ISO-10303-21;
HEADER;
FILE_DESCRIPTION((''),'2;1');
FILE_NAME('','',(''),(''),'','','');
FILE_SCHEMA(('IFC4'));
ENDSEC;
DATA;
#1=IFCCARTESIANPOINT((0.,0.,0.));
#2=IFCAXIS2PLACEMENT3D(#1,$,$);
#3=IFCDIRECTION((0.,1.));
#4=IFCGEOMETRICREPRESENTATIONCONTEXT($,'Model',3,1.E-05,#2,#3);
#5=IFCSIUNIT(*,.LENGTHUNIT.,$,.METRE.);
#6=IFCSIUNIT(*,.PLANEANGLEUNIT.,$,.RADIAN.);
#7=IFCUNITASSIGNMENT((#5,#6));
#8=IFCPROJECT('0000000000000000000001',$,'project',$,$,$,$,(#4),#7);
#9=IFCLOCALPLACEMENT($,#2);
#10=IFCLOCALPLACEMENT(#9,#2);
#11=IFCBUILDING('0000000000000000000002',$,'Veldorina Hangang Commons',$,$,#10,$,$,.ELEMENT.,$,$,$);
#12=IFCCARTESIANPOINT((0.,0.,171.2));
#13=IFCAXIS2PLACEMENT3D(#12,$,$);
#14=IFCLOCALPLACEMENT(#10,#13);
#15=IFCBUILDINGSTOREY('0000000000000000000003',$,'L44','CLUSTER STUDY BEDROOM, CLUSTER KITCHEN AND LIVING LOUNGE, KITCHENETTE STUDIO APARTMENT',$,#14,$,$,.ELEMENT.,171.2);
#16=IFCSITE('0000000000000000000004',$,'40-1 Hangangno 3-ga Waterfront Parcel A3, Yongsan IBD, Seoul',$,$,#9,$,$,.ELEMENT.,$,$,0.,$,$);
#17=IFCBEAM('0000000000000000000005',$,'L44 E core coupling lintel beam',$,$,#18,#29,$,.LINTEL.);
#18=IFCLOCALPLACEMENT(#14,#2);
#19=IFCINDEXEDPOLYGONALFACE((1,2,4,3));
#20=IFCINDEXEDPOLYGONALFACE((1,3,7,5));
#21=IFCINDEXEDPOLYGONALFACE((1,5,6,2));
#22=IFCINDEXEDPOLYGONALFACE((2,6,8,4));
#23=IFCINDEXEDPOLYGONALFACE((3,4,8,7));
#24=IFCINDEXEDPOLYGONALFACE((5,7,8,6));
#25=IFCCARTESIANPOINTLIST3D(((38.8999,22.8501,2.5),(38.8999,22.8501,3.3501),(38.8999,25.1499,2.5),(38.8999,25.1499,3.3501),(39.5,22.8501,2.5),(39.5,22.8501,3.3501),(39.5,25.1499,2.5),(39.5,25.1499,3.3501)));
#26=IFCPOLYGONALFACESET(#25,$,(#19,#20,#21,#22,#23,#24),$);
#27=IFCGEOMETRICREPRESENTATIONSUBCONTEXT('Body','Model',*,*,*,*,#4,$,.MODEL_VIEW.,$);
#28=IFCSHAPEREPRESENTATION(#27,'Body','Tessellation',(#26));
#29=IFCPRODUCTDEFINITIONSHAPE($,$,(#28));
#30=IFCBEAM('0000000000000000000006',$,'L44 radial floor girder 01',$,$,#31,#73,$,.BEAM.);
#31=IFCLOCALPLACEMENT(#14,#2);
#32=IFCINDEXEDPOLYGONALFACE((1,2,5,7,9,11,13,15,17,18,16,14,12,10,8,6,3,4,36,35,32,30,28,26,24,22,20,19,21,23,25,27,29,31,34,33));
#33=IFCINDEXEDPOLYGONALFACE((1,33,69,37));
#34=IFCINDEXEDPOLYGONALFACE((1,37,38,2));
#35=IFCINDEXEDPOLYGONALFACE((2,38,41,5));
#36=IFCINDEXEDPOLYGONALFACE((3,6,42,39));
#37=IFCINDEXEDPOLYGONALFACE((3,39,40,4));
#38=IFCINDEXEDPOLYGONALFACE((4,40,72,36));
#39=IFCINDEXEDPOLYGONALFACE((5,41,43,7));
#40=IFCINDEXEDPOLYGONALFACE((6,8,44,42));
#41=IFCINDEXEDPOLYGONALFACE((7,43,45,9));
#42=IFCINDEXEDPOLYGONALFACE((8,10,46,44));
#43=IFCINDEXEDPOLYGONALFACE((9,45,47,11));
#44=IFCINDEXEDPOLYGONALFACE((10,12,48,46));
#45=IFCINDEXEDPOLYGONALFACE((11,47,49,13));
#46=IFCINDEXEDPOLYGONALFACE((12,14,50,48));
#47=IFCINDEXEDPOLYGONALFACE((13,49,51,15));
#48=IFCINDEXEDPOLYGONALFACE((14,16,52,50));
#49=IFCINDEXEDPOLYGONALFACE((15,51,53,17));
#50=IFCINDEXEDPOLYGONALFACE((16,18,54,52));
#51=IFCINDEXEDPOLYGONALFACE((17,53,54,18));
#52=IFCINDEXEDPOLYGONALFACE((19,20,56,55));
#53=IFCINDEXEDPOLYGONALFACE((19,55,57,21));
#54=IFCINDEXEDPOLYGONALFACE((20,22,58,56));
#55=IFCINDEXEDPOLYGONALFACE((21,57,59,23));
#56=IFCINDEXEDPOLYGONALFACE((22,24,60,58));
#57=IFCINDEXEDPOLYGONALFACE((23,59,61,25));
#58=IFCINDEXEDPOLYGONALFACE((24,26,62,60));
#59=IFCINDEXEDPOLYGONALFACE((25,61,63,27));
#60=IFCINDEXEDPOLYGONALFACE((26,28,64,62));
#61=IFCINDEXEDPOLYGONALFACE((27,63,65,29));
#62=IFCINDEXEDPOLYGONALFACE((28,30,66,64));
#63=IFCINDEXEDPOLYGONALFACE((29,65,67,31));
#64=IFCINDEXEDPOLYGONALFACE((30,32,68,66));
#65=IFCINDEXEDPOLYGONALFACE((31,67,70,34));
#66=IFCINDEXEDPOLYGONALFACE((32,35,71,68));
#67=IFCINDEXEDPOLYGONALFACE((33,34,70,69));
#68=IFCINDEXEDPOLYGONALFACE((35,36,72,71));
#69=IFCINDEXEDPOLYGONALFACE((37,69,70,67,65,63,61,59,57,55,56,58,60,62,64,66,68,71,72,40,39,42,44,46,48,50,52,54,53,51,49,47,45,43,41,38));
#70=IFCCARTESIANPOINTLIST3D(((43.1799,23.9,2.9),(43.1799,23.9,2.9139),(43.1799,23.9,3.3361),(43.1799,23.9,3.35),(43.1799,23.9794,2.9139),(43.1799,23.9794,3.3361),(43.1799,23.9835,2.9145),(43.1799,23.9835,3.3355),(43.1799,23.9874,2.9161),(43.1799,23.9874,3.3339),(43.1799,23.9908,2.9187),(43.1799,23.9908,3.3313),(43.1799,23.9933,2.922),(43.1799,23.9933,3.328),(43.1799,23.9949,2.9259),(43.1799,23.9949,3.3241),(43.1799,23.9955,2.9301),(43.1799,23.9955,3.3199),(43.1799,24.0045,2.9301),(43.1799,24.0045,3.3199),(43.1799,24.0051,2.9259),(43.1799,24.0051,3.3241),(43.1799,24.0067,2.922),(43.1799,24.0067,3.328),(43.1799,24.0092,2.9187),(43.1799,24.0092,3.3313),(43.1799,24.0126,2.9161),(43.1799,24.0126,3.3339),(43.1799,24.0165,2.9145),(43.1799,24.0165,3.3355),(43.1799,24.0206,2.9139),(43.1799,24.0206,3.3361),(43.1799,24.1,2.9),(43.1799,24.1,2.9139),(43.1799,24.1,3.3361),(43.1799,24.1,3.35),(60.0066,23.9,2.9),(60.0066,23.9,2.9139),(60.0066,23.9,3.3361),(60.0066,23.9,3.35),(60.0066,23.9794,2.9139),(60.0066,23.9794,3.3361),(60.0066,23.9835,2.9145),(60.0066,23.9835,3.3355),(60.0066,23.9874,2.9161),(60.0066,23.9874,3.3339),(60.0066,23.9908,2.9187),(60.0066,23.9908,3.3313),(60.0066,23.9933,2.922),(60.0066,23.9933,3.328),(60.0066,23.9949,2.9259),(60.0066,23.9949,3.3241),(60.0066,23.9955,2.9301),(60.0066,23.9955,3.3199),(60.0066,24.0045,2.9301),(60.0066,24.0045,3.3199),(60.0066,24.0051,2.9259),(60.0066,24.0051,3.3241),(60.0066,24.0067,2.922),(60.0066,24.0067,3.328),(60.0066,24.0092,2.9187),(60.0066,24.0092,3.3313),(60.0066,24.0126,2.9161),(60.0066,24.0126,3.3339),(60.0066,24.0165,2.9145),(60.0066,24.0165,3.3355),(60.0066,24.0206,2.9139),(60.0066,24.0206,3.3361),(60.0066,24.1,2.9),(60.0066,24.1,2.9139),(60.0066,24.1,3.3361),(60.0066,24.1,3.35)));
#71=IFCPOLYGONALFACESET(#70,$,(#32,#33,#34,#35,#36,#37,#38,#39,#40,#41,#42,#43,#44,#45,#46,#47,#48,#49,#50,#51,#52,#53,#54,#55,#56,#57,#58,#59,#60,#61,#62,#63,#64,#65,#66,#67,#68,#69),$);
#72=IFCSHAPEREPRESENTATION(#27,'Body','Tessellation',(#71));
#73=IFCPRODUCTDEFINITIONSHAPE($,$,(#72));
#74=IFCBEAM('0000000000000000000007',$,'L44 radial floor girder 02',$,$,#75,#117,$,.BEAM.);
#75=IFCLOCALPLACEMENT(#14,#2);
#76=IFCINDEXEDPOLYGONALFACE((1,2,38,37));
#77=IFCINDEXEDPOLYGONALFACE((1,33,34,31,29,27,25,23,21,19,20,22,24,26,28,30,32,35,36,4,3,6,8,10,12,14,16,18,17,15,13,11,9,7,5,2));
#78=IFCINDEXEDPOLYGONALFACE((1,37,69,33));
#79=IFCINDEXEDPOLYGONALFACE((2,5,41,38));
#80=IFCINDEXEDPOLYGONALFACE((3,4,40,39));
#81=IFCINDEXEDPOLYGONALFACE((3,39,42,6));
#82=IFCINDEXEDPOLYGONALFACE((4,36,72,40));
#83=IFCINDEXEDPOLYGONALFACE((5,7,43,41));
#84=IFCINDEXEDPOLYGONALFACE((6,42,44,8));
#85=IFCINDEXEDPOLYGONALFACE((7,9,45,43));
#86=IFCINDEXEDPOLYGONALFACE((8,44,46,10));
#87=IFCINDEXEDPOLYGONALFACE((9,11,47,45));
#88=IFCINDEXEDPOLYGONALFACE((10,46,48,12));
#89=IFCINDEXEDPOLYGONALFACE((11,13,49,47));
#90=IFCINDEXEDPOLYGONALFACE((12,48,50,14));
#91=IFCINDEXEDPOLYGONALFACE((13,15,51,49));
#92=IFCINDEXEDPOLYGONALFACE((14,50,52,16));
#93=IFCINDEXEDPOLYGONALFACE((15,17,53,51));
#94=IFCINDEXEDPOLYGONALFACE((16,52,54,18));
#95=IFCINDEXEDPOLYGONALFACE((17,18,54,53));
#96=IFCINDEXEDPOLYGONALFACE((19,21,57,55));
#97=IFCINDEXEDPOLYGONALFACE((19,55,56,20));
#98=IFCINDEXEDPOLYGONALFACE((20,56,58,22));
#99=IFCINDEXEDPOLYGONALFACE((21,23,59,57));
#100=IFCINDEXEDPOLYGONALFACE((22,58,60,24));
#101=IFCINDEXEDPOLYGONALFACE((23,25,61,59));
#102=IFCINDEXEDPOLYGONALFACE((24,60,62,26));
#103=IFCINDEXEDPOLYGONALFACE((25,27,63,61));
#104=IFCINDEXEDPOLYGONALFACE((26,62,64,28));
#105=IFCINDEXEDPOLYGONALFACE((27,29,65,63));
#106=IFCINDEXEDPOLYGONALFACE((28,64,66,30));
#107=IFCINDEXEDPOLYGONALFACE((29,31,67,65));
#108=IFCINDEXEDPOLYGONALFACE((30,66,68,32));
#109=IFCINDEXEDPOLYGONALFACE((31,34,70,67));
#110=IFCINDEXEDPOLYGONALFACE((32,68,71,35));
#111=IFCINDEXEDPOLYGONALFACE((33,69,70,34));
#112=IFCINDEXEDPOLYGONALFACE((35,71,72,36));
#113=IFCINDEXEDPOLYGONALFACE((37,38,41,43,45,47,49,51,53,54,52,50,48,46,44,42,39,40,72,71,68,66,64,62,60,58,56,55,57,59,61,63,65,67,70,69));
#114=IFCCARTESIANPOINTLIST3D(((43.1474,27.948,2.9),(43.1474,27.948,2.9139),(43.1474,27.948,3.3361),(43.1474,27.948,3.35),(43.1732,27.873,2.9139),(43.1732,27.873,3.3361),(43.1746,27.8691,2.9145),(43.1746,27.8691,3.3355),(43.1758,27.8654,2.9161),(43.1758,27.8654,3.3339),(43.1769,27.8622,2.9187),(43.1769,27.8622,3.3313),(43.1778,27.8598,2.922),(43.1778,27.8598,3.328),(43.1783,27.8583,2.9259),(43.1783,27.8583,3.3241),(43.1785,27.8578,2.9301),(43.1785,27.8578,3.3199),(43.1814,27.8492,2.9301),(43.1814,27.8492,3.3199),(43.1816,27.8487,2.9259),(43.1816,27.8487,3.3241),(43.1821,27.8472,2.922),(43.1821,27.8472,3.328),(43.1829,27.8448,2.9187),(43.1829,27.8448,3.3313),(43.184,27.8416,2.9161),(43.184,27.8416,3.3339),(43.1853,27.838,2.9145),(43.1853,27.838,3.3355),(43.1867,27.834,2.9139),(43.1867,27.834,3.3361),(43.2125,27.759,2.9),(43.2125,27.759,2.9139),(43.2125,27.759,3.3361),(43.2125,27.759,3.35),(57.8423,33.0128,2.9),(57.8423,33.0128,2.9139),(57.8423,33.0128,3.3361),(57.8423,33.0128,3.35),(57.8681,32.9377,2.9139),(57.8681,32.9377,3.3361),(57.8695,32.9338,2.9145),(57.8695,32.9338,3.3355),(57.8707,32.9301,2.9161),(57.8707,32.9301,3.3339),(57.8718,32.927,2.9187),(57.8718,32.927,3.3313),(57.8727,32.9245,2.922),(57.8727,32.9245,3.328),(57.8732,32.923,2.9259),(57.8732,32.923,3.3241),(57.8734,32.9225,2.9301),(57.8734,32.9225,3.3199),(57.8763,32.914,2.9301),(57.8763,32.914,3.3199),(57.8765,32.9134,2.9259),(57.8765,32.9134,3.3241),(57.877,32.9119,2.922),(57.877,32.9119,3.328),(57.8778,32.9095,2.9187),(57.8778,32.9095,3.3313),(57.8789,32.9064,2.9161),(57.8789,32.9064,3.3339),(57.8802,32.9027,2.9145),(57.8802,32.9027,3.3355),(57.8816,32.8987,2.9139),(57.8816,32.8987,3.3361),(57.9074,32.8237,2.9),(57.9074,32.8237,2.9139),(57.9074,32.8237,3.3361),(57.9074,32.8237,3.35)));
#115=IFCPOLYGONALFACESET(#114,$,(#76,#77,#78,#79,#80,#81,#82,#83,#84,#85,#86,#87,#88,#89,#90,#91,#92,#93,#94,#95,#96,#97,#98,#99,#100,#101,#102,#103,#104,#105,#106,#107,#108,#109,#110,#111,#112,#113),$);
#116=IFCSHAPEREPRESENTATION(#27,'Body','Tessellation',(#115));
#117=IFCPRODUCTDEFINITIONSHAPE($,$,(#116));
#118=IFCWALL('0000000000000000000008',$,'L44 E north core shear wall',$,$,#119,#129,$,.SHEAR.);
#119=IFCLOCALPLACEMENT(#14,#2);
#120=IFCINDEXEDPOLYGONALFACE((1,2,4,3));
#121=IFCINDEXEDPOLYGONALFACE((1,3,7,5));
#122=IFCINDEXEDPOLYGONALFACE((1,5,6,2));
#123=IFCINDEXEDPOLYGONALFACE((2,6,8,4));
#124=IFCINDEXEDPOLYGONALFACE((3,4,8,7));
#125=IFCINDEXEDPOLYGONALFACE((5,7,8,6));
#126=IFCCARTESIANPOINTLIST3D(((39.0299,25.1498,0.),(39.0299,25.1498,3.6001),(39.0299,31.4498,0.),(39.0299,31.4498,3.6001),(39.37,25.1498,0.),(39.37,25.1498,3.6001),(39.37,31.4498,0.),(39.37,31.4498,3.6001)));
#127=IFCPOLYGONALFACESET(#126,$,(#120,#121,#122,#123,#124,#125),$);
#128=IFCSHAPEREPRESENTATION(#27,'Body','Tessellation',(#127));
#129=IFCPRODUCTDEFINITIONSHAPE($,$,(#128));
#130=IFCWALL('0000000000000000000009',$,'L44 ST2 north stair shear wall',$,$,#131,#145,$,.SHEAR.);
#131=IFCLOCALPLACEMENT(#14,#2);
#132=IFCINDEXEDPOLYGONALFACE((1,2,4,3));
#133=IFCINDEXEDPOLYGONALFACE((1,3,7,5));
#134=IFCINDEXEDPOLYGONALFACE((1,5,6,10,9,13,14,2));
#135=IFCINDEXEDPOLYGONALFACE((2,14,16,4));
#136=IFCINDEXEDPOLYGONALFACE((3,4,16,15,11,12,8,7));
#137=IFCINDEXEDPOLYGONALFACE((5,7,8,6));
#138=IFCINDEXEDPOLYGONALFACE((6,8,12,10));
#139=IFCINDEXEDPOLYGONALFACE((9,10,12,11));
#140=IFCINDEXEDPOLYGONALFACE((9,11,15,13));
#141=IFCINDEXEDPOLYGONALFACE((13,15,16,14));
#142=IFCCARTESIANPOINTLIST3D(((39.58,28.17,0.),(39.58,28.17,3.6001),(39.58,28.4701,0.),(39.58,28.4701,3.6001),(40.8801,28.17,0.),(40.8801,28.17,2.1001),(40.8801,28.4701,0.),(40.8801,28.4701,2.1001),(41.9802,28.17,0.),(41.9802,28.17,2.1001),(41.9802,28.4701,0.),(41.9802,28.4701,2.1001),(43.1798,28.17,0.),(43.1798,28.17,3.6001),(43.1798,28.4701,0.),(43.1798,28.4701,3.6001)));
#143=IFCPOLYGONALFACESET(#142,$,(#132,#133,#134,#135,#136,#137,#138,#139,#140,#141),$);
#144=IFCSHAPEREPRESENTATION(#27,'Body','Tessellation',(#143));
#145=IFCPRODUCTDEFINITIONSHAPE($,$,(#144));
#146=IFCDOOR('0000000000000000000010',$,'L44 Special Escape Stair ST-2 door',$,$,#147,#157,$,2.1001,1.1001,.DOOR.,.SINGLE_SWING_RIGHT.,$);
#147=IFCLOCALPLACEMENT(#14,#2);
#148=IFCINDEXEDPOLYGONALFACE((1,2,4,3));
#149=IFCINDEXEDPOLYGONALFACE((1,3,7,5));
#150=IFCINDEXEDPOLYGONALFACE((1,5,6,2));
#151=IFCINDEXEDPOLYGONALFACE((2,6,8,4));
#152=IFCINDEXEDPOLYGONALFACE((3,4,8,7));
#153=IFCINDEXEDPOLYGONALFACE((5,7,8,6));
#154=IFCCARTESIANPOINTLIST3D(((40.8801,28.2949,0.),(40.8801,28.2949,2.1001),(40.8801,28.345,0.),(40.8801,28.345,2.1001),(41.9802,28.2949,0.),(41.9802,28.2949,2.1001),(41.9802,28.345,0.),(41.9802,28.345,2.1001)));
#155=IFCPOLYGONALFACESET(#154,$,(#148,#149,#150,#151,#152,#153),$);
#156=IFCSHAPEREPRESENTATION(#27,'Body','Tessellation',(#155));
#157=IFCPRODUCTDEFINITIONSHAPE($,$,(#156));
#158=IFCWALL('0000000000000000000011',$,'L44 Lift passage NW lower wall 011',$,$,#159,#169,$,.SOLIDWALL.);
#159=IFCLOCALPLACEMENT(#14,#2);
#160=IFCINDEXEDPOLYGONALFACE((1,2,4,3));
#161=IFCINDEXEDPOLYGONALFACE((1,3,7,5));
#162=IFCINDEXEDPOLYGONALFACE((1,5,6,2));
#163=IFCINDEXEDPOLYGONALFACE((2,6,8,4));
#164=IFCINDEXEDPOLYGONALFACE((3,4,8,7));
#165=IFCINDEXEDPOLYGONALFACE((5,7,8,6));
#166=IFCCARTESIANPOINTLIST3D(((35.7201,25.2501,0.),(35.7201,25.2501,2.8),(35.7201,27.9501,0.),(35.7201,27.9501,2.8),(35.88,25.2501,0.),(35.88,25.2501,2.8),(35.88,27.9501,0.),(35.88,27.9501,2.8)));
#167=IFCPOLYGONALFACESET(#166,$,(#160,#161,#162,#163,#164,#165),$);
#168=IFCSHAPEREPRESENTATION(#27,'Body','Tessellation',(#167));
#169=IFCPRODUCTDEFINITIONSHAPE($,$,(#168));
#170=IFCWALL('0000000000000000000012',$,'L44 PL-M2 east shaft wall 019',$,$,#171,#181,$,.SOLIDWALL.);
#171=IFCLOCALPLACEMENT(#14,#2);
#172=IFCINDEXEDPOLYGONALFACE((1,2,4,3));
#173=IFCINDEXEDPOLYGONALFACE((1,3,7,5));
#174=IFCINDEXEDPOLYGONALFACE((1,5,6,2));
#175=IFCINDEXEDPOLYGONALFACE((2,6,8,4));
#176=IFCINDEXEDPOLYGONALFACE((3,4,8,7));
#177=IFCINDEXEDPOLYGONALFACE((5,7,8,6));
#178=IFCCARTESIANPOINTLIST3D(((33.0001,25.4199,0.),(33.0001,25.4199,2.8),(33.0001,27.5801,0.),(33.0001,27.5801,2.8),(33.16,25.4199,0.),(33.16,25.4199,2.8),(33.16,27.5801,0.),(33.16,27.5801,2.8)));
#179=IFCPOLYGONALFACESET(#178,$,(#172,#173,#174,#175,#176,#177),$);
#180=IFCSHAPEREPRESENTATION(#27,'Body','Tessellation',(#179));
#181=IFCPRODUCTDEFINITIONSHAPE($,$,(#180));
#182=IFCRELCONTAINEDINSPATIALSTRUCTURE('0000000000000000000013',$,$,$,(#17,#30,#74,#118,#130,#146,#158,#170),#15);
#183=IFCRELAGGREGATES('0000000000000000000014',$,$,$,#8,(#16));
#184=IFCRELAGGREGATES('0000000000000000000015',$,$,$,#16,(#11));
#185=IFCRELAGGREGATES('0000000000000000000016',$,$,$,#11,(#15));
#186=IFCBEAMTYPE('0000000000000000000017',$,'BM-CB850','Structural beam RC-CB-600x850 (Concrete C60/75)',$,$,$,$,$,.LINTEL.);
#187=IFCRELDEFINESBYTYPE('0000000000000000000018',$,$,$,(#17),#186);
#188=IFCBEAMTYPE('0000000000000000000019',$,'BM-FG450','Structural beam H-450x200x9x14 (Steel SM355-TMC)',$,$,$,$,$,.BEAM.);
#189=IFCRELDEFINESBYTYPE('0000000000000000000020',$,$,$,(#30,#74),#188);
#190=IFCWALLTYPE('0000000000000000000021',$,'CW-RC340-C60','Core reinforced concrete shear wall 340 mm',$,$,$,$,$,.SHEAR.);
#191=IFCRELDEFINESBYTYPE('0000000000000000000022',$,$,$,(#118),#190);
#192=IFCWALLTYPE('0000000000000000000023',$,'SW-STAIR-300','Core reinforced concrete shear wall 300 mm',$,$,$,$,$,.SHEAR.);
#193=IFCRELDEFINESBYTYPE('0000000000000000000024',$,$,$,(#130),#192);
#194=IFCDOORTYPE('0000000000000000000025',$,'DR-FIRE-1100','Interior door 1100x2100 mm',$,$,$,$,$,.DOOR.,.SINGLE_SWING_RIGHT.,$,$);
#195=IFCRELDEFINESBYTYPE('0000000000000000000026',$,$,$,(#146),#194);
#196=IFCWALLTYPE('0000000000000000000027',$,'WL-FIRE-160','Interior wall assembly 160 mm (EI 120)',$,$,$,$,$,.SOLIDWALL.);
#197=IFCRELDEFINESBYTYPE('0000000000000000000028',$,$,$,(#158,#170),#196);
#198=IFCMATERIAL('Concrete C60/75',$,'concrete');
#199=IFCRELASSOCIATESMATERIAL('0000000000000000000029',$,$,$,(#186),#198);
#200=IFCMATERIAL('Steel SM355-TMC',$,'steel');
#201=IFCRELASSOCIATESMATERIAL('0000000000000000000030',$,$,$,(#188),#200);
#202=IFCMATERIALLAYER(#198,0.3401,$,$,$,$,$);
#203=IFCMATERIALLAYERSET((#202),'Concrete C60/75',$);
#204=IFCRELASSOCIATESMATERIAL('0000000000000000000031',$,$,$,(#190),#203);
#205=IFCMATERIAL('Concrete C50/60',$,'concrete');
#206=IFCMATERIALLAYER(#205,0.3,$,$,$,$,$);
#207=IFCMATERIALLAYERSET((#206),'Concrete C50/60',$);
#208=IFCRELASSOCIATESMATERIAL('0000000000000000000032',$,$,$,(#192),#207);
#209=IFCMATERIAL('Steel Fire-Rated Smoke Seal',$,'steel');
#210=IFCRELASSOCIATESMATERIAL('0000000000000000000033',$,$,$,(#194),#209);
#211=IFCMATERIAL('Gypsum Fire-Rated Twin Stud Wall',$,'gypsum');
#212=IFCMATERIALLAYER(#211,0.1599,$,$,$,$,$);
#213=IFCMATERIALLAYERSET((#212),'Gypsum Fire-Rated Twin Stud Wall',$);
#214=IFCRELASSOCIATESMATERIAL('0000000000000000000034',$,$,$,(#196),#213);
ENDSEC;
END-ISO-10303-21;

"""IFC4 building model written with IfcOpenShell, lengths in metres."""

from ifc_helpers import new_model, si_unit, direction, frame, frame_2d, origin, origin_2d, place, context, subcontext, project, spatial, rectangle, i_section, extrude, material, layer, layer_set, material_profile, profile_set, type_object, element, fill, save


model = new_model("IFC4")

# Units and contexts
model_context = context("Model", 3, precision=1e-05, world=origin(), true_north=direction((0.0, 1.0)))
body_context = subcontext(model_context, "Body", "Model", "MODEL_VIEW")
ifc_project = project(units=[si_unit("LENGTHUNIT", "METRE"), si_unit("PLANEANGLEUNIT", "RADIAN")], contexts=[model_context])

# Site, building, storey
site_placement = place(None, origin())
site = spatial("IfcSite", under=ifc_project, at=site_placement, Name="40-1 Hangangno 3-ga Waterfront Parcel A3, Yongsan IBD, Seoul", CompositionType="ELEMENT", RefElevation=0.0)
building_placement = place(site_placement, origin())
building = spatial("IfcBuilding", under=site, at=building_placement, Name="Veldorina Hangang Commons", CompositionType="ELEMENT")
storey_placement = place(building_placement, frame((0.0, 0.0, 171.2)))
storey = spatial("IfcBuildingStorey", under=building, at=storey_placement, Name="L44", Description="CLUSTER STUDY BEDROOM, CLUSTER KITCHEN AND LIVING LOUNGE, KITCHENETTE STUDIO APARTMENT", CompositionType="ELEMENT", Elevation=171.2)

# Beams
ifc_material_1 = material(Name="Concrete C60/75", Category="concrete")
ifc_material_profile_1 = material_profile(ifc_material_1, rectangle(XDim=0.6001, YDim=0.8501, at=origin_2d()), Name="RC-CB-600x850")
ifc_profile_set_1 = profile_set([ifc_material_profile_1], Name="Concrete C60/75")
beam_type_1 = type_object("IfcBeamType", Name="BM-CB850", Description="Structural beam RC-CB-600x850 (Concrete C60/75)", PredefinedType="LINTEL", material=ifc_profile_set_1)
beam_1_placement = place(storey_placement, frame((39.2, 22.8501, 2.925), z_axis=(0.0, 1.0, 0.0), x_axis=(-1.0, 0.0, 0.0)))
element("IfcBeam", 1, at=beam_1_placement, inside=storey, type_object=beam_type_1, Name="L44 E core coupling lintel beam", PredefinedType="LINTEL", context=body_context, shape_type="SweptSolid", body=[
    extrude(rectangle(XDim=0.6001, YDim=0.8501, at=origin_2d()), origin(), (0.0, 0.0, 1.0), 2.2998),
])
ifc_material_2 = material(Name="Steel SM355-TMC", Category="steel")
ifc_material_profile_2 = material_profile(ifc_material_2, i_section(OverallWidth=0.2, OverallDepth=0.45, WebThickness=0.009, FlangeThickness=0.0139, FilletRadius=0.0161, at=origin_2d()), Name="H-450x200x9x14")
ifc_profile_set_2 = profile_set([ifc_material_profile_2], Name="Steel SM355-TMC")
beam_type_2 = type_object("IfcBeamType", Name="BM-FG450", Description="Structural beam H-450x200x9x14 (Steel SM355-TMC)", PredefinedType="BEAM", material=ifc_profile_set_2)
beam_2_placement = place(storey_placement, frame((43.1799, 24.0, 3.125), z_axis=(1.0, 0.0, 0.0), x_axis=(0.0, 1.0, 0.0)))
element("IfcBeam", 2, at=beam_2_placement, inside=storey, type_object=beam_type_2, Name="L44 radial floor girder 01", PredefinedType="BEAM", context=body_context, shape_type="SweptSolid", body=[
    extrude(i_section(OverallWidth=0.2, OverallDepth=0.45, WebThickness=0.009, FlangeThickness=0.0139, FilletRadius=0.0161, at=origin_2d()), origin(), (0.0, 0.0, 1.0), 16.8267),
])
beam_3_placement = place(storey_placement, frame((43.1799, 27.8535, 3.125), z_axis=(0.945422, 0.325848, 0.0), x_axis=(-0.325848, 0.945422, 0.0)))
element("IfcBeam", 3, at=beam_3_placement, inside=storey, type_object=beam_type_2, Name="L44 radial floor girder 02", PredefinedType="BEAM", context=body_context, shape_type="SweptSolid", body=[
    extrude(i_section(OverallWidth=0.2, OverallDepth=0.45, WebThickness=0.009, FlangeThickness=0.0139, FilletRadius=0.0161, at=origin_2d()), origin(), (0.0, 0.0, 1.0), 15.5432),
])

# Wall
ifc_layer_1 = layer(ifc_material_1, 0.3401)
ifc_layer_set_1 = layer_set([ifc_layer_1], Name="Concrete C60/75")
wall_type_1 = type_object("IfcWallType", Name="CW-RC340-C60", Description="Core reinforced concrete shear wall 340 mm", PredefinedType="SHEAR", material=ifc_layer_set_1)
wall_1_placement = place(storey_placement, frame((39.2, 25.1499, 0.0), z_axis=(0.0, 0.0, 1.0), x_axis=(0.0, 1.0, 0.0)))
element("IfcWall", 4, at=wall_1_placement, inside=storey, type_object=wall_type_1, Name="L44 E north core shear wall", PredefinedType="SHEAR", context=body_context, shape_type="SweptSolid", body=[
    extrude(rectangle(XDim=6.3, YDim=0.3401, at=frame_2d((3.1499, 0.0))), origin(), (0.0, 0.0, 1.0), 3.6001),
])

# Wall, opening, door
ifc_material_3 = material(Name="Concrete C50/60", Category="concrete")
ifc_layer_2 = layer(ifc_material_3, 0.3)
ifc_layer_set_2 = layer_set([ifc_layer_2], Name="Concrete C50/60")
wall_type_2 = type_object("IfcWallType", Name="SW-STAIR-300", Description="Core reinforced concrete shear wall 300 mm", PredefinedType="SHEAR", material=ifc_layer_set_2)
wall_2_placement = place(storey_placement, frame((39.5801, 28.3201, 0.0), z_axis=(0.0, 0.0, 1.0), x_axis=(1.0, 0.0, 0.0)))
wall_2 = element("IfcWall", 5, at=wall_2_placement, inside=storey, type_object=wall_type_2, Name="L44 ST2 north stair shear wall", PredefinedType="SHEAR", context=body_context, shape_type="SweptSolid", body=[
    extrude(rectangle(XDim=3.5999, YDim=0.3, at=frame_2d((1.7998, 0.0))), origin(), (0.0, 0.0, 1.0), 3.6001),
])
opening_1_placement = place(wall_2_placement, frame((1.3, 0.0, 0.0)))
opening_1 = element("IfcOpeningElement", 6, at=opening_1_placement, cuts=wall_2, PredefinedType="OPENING", context=body_context, shape_type="SweptSolid", body=[
    extrude(rectangle(XDim=1.1001, YDim=2.1001, at=frame_2d((0.55, 1.05))), frame((0.0, 0.1602, 0.0), z_axis=(0.0, -1.0, 0.0), x_axis=(1.0, 0.0, 0.0)), (0.0, 0.0, 1.0), 0.3201),
])
ifc_material_4 = material(Name="Steel Fire-Rated Smoke Seal", Category="steel")
door_type_1 = type_object("IfcDoorType", Name="DR-FIRE-1100", Description="Interior door 1100x2100 mm", OperationType="SINGLE_SWING_RIGHT", PredefinedType="DOOR", material=ifc_material_4)
door_1_placement = place(opening_1_placement, origin())
door_1 = element("IfcDoor", 7, at=door_1_placement, inside=storey, type_object=door_type_1, Name="L44 Special Escape Stair ST-2 door", OperationType="SINGLE_SWING_RIGHT", OverallHeight=2.1001, OverallWidth=1.1001, PredefinedType="DOOR", context=body_context, shape_type="SweptSolid", body=[
    extrude(rectangle(XDim=1.1001, YDim=2.1001, at=frame_2d((0.55, 1.05))), frame((0.0, 0.0249, 0.0), z_axis=(0.0, -1.0, 0.0), x_axis=(1.0, 0.0, 0.0)), (0.0, 0.0, 1.0), 0.05),
])
fill(opening_1, door_1)

# Walls
ifc_material_5 = material(Name="Gypsum Fire-Rated Twin Stud Wall", Category="gypsum")
ifc_layer_3 = layer(ifc_material_5, 0.1599)
ifc_layer_set_3 = layer_set([ifc_layer_3], Name="Gypsum Fire-Rated Twin Stud Wall")
wall_type_3 = type_object("IfcWallType", Name="WL-FIRE-160", Description="Interior wall assembly 160 mm (EI 120)", PredefinedType="SOLIDWALL", material=ifc_layer_set_3)
wall_3_placement = place(storey_placement, frame((35.8, 25.25, 0.0), z_axis=(0.0, 0.0, 1.0), x_axis=(0.0, 1.0, 0.0)))
element("IfcWall", 8, at=wall_3_placement, inside=storey, type_object=wall_type_3, Name="L44 Lift passage NW lower wall 011", PredefinedType="SOLIDWALL", context=body_context, shape_type="SweptSolid", body=[
    extrude(rectangle(XDim=2.7, YDim=0.1599, at=frame_2d((1.3501, 0.0))), origin(), (0.0, 0.0, 1.0), 2.8),
])
wall_4_placement = place(storey_placement, frame((33.0801, 25.4199, 0.0), z_axis=(0.0, 0.0, 1.0), x_axis=(0.0, 1.0, 0.0)))
element("IfcWall", 9, at=wall_4_placement, inside=storey, type_object=wall_type_3, Name="L44 PL-M2 east shaft wall 019", PredefinedType="SOLIDWALL", context=body_context, shape_type="SweptSolid", body=[
    extrude(rectangle(XDim=2.1602, YDim=0.1599, at=frame_2d((1.0801, 0.0))), origin(), (0.0, 0.0, 1.0), 2.8),
])

save(model, "model.ifc")
